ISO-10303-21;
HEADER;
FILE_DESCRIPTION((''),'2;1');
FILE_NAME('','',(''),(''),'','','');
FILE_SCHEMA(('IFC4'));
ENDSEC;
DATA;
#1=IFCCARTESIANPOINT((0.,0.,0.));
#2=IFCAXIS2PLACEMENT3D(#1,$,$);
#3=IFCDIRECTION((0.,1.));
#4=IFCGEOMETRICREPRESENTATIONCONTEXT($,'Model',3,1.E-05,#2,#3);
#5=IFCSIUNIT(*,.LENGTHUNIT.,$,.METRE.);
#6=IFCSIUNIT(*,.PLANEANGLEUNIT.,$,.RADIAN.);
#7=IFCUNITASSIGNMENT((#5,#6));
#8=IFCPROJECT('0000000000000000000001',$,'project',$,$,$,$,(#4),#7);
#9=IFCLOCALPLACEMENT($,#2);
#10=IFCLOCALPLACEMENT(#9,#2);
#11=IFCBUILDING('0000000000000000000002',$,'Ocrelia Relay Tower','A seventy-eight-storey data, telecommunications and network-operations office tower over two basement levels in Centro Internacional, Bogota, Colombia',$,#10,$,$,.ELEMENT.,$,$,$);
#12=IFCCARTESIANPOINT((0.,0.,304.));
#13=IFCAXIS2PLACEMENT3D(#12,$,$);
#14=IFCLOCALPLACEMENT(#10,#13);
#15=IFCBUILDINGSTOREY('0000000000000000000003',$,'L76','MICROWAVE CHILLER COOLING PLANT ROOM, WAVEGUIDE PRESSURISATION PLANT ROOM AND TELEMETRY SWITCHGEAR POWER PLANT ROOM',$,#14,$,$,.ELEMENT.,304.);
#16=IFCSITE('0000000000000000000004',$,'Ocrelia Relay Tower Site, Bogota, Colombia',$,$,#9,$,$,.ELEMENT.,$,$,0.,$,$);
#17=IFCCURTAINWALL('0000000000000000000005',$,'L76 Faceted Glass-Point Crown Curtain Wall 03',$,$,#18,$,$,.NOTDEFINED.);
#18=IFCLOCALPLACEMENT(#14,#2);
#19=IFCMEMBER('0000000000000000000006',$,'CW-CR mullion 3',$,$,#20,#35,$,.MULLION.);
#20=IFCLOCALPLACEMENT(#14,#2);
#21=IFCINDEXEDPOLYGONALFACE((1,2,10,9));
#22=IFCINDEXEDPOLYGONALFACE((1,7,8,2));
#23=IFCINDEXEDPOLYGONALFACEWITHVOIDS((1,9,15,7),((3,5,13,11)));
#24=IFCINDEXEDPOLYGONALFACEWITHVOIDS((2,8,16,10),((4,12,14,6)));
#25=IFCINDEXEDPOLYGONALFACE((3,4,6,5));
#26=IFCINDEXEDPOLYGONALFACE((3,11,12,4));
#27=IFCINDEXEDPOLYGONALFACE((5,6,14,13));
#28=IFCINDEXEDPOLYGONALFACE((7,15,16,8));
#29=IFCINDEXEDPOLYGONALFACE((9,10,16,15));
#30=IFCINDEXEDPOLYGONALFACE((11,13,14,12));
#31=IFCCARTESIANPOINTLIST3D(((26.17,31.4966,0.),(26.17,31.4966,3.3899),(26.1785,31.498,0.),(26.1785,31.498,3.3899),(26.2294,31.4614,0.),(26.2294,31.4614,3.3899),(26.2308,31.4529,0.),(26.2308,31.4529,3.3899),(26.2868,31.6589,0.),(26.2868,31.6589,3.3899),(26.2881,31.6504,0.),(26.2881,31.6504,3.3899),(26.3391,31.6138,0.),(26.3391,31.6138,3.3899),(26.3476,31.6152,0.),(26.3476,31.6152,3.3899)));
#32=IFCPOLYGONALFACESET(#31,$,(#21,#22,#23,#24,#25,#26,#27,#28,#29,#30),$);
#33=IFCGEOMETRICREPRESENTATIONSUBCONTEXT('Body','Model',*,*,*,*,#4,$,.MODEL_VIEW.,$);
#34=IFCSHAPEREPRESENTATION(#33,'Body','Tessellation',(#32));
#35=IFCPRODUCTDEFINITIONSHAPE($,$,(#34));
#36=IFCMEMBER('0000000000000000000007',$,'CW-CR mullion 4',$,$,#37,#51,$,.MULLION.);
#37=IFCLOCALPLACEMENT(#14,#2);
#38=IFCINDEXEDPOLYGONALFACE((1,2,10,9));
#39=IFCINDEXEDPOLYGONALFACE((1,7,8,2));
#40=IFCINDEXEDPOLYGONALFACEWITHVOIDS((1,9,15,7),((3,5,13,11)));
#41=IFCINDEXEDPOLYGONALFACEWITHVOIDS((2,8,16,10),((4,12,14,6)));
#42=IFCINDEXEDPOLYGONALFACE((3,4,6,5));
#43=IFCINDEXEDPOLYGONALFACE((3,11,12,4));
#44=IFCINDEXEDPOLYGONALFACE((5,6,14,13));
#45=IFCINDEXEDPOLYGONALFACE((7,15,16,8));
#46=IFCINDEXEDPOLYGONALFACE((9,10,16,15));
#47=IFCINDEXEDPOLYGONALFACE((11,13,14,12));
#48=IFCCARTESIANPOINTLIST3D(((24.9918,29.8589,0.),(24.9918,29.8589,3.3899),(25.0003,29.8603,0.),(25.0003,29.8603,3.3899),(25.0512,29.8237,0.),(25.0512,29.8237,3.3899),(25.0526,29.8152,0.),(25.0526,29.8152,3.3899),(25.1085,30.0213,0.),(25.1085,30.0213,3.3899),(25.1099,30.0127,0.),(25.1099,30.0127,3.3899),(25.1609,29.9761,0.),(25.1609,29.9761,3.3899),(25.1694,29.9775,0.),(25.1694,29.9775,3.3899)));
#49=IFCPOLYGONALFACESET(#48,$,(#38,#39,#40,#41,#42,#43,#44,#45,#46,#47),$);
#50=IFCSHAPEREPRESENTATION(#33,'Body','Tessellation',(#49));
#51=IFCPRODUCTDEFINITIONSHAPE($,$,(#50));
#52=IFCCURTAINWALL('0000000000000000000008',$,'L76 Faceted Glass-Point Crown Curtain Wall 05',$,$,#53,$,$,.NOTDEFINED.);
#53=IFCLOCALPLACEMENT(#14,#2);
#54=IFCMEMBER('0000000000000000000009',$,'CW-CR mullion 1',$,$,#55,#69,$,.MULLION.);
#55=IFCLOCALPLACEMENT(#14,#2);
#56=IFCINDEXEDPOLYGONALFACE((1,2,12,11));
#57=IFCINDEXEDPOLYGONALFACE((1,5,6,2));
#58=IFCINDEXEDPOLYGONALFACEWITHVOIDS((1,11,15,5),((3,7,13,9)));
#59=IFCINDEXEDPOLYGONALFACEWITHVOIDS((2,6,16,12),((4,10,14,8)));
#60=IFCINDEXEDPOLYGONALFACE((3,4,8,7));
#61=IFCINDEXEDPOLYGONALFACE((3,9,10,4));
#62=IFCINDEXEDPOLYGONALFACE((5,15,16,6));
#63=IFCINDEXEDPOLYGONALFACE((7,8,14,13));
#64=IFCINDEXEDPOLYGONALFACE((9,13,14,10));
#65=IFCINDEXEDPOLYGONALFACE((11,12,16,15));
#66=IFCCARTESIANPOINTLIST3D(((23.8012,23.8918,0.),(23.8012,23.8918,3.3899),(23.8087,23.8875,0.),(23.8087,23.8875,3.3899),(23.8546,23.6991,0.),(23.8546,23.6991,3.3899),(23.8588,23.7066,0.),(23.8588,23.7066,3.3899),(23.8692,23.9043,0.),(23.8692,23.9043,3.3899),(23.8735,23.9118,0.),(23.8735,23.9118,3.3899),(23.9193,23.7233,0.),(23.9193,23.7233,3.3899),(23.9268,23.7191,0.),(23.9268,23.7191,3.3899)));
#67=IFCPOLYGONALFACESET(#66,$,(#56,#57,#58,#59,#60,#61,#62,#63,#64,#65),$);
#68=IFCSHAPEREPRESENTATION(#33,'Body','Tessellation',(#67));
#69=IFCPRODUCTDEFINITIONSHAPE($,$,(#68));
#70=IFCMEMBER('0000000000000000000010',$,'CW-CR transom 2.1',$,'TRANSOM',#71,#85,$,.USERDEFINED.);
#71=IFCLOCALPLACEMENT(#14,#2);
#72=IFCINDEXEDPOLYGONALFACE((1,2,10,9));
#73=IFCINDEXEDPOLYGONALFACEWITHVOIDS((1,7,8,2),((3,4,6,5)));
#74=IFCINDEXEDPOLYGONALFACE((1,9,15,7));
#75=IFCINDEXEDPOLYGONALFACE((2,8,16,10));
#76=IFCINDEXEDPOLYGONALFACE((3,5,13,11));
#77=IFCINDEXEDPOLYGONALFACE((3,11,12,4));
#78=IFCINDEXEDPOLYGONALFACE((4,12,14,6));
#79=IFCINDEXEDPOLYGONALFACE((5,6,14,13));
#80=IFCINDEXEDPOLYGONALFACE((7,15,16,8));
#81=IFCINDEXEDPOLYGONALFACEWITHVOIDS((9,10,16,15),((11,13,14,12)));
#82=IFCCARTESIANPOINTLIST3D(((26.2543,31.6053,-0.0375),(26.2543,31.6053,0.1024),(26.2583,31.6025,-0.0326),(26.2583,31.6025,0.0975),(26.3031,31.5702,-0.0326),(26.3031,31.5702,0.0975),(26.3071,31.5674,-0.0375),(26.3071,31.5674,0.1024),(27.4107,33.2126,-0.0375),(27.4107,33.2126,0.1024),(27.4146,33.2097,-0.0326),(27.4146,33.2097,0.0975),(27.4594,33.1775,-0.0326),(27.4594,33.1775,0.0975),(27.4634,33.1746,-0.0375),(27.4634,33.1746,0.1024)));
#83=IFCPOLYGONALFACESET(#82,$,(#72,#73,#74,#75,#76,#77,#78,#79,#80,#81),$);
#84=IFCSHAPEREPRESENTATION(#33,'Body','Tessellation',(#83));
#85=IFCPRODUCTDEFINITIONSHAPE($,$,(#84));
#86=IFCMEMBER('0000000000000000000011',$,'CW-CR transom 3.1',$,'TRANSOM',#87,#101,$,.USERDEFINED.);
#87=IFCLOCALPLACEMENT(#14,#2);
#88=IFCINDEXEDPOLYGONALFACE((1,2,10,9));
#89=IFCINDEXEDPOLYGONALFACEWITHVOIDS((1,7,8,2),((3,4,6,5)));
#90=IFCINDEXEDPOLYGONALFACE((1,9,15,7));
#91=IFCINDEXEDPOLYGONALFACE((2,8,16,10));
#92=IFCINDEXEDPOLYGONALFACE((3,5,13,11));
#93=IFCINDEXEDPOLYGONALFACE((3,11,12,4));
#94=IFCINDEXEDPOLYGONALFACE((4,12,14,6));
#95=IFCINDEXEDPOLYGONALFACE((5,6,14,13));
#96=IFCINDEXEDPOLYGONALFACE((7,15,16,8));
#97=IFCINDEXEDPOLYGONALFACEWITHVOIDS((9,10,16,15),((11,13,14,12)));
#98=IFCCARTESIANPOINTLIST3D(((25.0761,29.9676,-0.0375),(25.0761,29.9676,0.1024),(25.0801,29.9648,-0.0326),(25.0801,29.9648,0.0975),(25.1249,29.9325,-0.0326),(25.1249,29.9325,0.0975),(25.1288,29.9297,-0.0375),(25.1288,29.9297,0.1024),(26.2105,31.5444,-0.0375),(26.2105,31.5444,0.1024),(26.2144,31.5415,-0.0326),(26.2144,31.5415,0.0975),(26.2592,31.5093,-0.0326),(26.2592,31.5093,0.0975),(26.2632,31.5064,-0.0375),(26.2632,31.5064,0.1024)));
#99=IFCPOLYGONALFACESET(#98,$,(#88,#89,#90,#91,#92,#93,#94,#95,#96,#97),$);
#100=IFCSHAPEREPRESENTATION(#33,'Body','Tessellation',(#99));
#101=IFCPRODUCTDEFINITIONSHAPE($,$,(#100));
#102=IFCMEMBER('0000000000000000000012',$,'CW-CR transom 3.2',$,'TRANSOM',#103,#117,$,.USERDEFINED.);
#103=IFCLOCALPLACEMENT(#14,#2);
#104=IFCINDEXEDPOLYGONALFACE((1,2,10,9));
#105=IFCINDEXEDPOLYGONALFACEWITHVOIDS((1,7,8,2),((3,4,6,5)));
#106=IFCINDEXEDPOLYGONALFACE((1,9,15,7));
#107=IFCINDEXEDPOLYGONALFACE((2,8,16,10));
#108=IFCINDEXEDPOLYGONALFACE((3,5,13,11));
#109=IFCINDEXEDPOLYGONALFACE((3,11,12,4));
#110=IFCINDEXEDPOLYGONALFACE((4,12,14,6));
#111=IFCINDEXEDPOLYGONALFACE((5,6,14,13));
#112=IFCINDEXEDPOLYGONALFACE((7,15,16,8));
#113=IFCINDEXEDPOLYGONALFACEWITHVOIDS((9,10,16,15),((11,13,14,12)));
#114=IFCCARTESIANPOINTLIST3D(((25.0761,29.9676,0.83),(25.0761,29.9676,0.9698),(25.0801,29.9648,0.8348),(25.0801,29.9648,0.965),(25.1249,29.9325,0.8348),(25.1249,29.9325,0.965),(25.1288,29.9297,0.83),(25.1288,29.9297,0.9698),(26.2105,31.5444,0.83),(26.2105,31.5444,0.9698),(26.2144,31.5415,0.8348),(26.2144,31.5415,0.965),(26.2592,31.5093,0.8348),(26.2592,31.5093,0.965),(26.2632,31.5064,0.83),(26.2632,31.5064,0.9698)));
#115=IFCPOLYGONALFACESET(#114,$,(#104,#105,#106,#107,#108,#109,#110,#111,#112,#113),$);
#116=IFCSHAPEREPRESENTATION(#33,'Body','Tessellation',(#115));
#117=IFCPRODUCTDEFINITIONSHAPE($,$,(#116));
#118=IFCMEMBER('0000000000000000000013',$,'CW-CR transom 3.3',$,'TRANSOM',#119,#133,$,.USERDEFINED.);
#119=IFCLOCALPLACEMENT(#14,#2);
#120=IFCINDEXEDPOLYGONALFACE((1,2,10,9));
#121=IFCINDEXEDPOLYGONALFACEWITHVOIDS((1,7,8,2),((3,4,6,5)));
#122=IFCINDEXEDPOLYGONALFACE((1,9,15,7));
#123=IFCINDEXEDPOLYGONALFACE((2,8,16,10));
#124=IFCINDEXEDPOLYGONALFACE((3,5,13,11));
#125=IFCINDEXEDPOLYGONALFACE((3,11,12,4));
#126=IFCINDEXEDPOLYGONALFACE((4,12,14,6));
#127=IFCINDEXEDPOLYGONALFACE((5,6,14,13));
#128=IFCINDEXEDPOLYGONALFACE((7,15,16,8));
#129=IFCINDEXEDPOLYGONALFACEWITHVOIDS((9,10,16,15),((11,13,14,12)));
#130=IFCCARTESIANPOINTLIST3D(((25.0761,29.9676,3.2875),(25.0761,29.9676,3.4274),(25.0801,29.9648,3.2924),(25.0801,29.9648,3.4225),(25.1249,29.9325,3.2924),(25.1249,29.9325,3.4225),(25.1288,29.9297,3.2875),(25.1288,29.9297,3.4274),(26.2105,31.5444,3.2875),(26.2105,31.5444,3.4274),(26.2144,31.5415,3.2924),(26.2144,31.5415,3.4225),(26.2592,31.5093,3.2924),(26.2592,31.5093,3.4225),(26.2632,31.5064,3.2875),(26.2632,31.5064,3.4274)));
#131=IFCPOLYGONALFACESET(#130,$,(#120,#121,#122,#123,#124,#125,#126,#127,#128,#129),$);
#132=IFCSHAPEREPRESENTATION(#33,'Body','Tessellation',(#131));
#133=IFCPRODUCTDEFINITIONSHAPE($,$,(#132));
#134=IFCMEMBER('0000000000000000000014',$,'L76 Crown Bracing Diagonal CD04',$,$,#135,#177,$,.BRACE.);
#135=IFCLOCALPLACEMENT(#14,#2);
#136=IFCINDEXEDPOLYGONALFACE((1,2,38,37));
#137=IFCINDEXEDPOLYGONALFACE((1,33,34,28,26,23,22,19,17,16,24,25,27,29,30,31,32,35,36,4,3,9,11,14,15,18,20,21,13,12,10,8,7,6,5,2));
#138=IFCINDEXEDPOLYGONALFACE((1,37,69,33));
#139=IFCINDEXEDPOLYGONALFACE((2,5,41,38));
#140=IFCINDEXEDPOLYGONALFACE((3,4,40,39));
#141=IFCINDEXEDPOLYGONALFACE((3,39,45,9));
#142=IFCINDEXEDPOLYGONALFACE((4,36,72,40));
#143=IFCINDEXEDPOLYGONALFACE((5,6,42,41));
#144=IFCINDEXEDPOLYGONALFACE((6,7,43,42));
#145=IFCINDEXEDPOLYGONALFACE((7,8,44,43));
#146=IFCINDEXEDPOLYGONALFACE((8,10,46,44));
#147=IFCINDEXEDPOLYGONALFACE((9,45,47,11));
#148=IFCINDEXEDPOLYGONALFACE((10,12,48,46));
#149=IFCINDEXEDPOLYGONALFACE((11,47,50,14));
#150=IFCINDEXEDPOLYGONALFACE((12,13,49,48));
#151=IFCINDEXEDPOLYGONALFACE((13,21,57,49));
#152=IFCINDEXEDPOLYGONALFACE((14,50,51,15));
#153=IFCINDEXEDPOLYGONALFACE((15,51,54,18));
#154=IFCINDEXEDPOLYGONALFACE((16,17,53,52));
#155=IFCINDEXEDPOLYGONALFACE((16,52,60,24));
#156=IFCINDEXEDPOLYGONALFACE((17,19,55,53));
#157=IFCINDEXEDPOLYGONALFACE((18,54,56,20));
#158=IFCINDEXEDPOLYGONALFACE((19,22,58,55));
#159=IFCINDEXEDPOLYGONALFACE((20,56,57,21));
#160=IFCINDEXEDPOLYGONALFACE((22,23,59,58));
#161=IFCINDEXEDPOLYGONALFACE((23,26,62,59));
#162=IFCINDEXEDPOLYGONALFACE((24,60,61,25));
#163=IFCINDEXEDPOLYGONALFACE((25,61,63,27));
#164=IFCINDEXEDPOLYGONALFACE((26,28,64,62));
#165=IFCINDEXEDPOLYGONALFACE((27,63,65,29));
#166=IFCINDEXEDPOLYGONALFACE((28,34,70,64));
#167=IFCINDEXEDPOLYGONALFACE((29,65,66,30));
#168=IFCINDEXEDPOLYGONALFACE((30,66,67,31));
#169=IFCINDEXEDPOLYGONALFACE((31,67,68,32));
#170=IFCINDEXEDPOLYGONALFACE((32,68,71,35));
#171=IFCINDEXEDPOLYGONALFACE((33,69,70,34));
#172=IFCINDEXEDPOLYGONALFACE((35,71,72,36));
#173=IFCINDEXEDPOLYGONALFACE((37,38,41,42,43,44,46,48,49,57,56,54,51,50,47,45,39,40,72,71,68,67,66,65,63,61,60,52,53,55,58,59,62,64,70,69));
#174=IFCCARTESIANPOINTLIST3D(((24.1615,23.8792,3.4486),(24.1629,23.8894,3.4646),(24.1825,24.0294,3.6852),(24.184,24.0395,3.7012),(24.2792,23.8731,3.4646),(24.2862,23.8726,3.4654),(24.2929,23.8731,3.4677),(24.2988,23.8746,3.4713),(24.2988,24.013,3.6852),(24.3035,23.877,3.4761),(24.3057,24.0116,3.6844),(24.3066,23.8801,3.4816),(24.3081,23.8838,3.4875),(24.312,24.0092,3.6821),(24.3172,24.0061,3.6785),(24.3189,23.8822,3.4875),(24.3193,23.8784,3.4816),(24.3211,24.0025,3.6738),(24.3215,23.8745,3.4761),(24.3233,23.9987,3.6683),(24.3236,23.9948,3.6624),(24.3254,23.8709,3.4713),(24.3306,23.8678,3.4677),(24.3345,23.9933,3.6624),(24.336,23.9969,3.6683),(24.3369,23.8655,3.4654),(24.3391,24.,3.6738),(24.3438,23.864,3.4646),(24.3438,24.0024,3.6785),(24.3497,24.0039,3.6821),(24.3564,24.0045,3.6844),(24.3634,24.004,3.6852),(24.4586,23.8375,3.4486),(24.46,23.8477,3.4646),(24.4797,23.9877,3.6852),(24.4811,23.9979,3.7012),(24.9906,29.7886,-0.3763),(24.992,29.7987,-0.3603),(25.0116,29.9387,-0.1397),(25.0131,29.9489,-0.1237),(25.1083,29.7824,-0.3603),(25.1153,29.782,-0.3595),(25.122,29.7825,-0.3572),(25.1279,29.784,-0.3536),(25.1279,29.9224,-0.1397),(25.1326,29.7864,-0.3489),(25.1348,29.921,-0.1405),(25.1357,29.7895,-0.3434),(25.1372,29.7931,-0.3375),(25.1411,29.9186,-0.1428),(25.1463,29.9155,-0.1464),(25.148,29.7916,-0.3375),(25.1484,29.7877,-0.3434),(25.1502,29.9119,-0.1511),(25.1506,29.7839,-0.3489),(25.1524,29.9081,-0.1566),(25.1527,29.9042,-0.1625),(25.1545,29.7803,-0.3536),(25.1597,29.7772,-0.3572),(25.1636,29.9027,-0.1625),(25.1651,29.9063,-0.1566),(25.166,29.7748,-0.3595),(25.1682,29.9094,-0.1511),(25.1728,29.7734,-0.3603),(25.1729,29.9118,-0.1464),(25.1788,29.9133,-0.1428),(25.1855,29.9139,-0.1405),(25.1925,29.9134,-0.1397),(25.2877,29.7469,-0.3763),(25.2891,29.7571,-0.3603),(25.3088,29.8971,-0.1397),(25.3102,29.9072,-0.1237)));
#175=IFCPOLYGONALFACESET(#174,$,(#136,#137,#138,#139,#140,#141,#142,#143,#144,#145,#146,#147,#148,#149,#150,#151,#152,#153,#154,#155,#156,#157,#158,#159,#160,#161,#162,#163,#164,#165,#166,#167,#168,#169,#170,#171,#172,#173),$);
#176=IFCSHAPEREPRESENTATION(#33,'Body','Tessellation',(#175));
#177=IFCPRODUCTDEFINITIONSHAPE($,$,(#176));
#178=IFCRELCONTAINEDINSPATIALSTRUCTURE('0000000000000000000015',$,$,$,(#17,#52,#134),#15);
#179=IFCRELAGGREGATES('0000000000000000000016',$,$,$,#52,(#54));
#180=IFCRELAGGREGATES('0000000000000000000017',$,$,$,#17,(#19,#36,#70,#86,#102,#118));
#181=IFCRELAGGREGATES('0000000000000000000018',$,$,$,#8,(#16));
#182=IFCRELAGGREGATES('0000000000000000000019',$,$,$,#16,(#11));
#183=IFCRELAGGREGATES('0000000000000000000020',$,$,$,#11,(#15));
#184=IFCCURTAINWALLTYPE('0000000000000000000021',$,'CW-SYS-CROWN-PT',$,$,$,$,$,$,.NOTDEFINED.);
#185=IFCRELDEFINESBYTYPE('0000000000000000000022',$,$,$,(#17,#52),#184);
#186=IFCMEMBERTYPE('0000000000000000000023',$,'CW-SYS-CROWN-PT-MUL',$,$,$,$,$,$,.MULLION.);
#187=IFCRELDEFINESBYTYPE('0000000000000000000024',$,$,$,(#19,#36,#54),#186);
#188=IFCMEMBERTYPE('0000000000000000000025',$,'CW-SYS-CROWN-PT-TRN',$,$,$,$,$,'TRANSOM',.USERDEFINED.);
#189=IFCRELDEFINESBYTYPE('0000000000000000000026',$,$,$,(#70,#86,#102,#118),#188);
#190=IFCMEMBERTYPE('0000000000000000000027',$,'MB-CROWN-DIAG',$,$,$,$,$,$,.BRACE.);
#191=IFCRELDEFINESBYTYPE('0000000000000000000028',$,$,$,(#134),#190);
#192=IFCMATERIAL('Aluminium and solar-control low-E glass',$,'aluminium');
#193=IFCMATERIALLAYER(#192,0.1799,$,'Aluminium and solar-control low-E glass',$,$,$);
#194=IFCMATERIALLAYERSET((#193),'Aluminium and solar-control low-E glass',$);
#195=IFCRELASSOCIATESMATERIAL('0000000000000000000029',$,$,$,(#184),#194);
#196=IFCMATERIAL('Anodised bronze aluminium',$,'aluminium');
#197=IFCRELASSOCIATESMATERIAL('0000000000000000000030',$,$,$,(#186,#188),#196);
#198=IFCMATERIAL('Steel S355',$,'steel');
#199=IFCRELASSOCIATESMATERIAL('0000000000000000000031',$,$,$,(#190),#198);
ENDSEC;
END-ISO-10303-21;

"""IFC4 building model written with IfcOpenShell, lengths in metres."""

from ifc_helpers import new_model, si_unit, direction, frame, origin, origin_2d, place, context, subcontext, project, spatial, hollow_rectangle, i_section, extrude, material, layer, layer_set, material_profile, profile_set, type_object, element, aggregate, save


model = new_model("IFC4")

# Units and contexts
model_context = context("Model", 3, precision=1e-05, world=origin(), true_north=direction((0.0, 1.0)))
body_context = subcontext(model_context, "Body", "Model", "MODEL_VIEW")
ifc_project = project(units=[si_unit("LENGTHUNIT", "METRE"), si_unit("PLANEANGLEUNIT", "RADIAN")], contexts=[model_context])

# Site, building, storey
site_placement = place(None, origin())
site = spatial("IfcSite", under=ifc_project, at=site_placement, Name="Ocrelia Relay Tower Site, Bogota, Colombia", CompositionType="ELEMENT", RefElevation=0.0)
building_placement = place(site_placement, origin())
building = spatial("IfcBuilding", under=site, at=building_placement, Name="Ocrelia Relay Tower", Description="A seventy-eight-storey data, telecommunications and network-operations office tower over two basement levels in Centro Internacional, Bogota, Colombia", CompositionType="ELEMENT")
storey_placement = place(building_placement, frame((0.0, 0.0, 304.0)))
storey = spatial("IfcBuildingStorey", under=building, at=storey_placement, Name="L76", Description="MICROWAVE CHILLER COOLING PLANT ROOM, WAVEGUIDE PRESSURISATION PLANT ROOM AND TELEMETRY SWITCHGEAR POWER PLANT ROOM", CompositionType="ELEMENT", Elevation=304.0)

# Shared definitions
ifc_material_1 = material(Name="Steel S355", Category="steel")

# Curtain wall, members
ifc_material_2 = material(Name="Aluminium and solar-control low-E glass", Category="aluminium")
ifc_layer_1 = layer(ifc_material_2, 0.1799, Name="Aluminium and solar-control low-E glass")
ifc_layer_set_1 = layer_set([ifc_layer_1], Name="Aluminium and solar-control low-E glass")
curtain_wall_type = type_object("IfcCurtainWallType", Name="CW-SYS-CROWN-PT", PredefinedType="NOTDEFINED", material=ifc_layer_set_1)
curtain_wall_1_placement = place(storey_placement, origin())
curtain_wall_1 = element("IfcCurtainWall", 1, at=curtain_wall_1_placement, inside=storey, type_object=curtain_wall_type, Name="L76 Faceted Glass-Point Crown Curtain Wall 03", PredefinedType="NOTDEFINED")
ifc_material_3 = material(Name="Anodised bronze aluminium", Category="aluminium")
ifc_material_profile_1 = material_profile(ifc_material_3, hollow_rectangle(XDim=0.075, YDim=0.2, WallThickness=0.0061, at=origin_2d()), Name="CW-MUL-200x75")
ifc_profile_set_1 = profile_set([ifc_material_profile_1], Name="Anodised bronze aluminium")
member_type_1 = type_object("IfcMemberType", Name="CW-SYS-CROWN-PT-MUL", PredefinedType="MULLION", material=ifc_profile_set_1)
member_1_placement = place(storey_placement, frame((26.2588, 31.5559, 0.0), z_axis=(0.0, 0.0, 1.0), x_axis=(0.811755, -0.583998, 0.0)))
member_1 = element("IfcMember", 2, at=member_1_placement, type_object=member_type_1, Name="CW-CR mullion 3", PredefinedType="MULLION", context=body_context, shape_type="SweptSolid", body=[
    extrude(hollow_rectangle(XDim=0.075, YDim=0.2, WallThickness=0.0061, at=origin_2d()), origin(), (0.0, 0.0, 1.0), 3.3899),
])
member_2_placement = place(storey_placement, frame((25.0806, 29.9182, 0.0), z_axis=(0.0, 0.0, 1.0), x_axis=(0.811755, -0.583998, 0.0)))
member_2 = element("IfcMember", 3, at=member_2_placement, type_object=member_type_1, Name="CW-CR mullion 4", PredefinedType="MULLION", context=body_context, shape_type="SweptSolid", body=[
    extrude(hollow_rectangle(XDim=0.075, YDim=0.2, WallThickness=0.0061, at=origin_2d()), origin(), (0.0, 0.0, 1.0), 3.3899),
])

# Curtain wall, member
curtain_wall_2_placement = place(storey_placement, origin())
curtain_wall_2 = element("IfcCurtainWall", 4, at=curtain_wall_2_placement, inside=storey, type_object=curtain_wall_type, Name="L76 Faceted Glass-Point Crown Curtain Wall 05", PredefinedType="NOTDEFINED")
member_3_placement = place(storey_placement, frame((23.864, 23.8054, 0.0), z_axis=(0.0, 0.0, 1.0), x_axis=(0.963737, 0.266853, 0.0)))
member_3 = element("IfcMember", 5, at=member_3_placement, type_object=member_type_1, Name="CW-CR mullion 1", PredefinedType="MULLION", context=body_context, shape_type="SweptSolid", body=[
    extrude(hollow_rectangle(XDim=0.075, YDim=0.2, WallThickness=0.0061, at=origin_2d()), origin(), (0.0, 0.0, 1.0), 3.3899),
])
aggregate(curtain_wall_2, [member_3])

# Members
ifc_material_profile_2 = material_profile(ifc_material_3, hollow_rectangle(XDim=0.0649, YDim=0.1399, WallThickness=0.0049, at=origin_2d()), Name="CW-TRN-140x65")
ifc_profile_set_2 = profile_set([ifc_material_profile_2], Name="Anodised bronze aluminium")
member_type_2 = type_object("IfcMemberType", Name="CW-SYS-CROWN-PT-TRN", ElementType="TRANSOM", PredefinedType="USERDEFINED", material=ifc_profile_set_2)
member_4_placement = place(storey_placement, frame((27.437, 33.1936, 0.0325), z_axis=(-0.583999, -0.811754, 0.0), x_axis=(0.811754, -0.583999, 0.0)))
member_4 = element("IfcMember", 6, at=member_4_placement, type_object=member_type_2, Name="CW-CR transom 2.1", ObjectType="TRANSOM", PredefinedType="USERDEFINED", context=body_context, shape_type="SweptSolid", body=[
    extrude(hollow_rectangle(XDim=0.0649, YDim=0.1399, WallThickness=0.0049, at=origin_2d()), origin(), (0.0, 0.0, 1.0), 1.98),
])
member_5_placement = place(storey_placement, frame((26.2368, 31.5254, 0.0325), z_axis=(-0.583993, -0.811758, 0.0), x_axis=(0.811758, -0.583993, 0.0)))
member_5 = element("IfcMember", 7, at=member_5_placement, type_object=member_type_2, Name="CW-CR transom 3.1", ObjectType="TRANSOM", PredefinedType="USERDEFINED", context=body_context, shape_type="SweptSolid", body=[
    extrude(hollow_rectangle(XDim=0.0649, YDim=0.1399, WallThickness=0.0049, at=origin_2d()), origin(), (0.0, 0.0, 1.0), 1.9424),
])
member_6_placement = place(storey_placement, frame((26.2368, 31.5254, 0.8999), z_axis=(-0.583993, -0.811758, 0.0), x_axis=(0.811758, -0.583993, 0.0)))
member_6 = element("IfcMember", 8, at=member_6_placement, type_object=member_type_2, Name="CW-CR transom 3.2", ObjectType="TRANSOM", PredefinedType="USERDEFINED", context=body_context, shape_type="SweptSolid", body=[
    extrude(hollow_rectangle(XDim=0.0649, YDim=0.1399, WallThickness=0.0049, at=origin_2d()), origin(), (0.0, 0.0, 1.0), 1.9424),
])
member_7_placement = place(storey_placement, frame((26.2368, 31.5254, 3.3574), z_axis=(-0.583993, -0.811758, 0.0), x_axis=(0.811758, -0.583993, 0.0)))
member_7 = element("IfcMember", 9, at=member_7_placement, type_object=member_type_2, Name="CW-CR transom 3.3", ObjectType="TRANSOM", PredefinedType="USERDEFINED", context=body_context, shape_type="SweptSolid", body=[
    extrude(hollow_rectangle(XDim=0.0649, YDim=0.1399, WallThickness=0.0049, at=origin_2d()), origin(), (0.0, 0.0, 1.0), 1.9424),
])

# Member
ifc_material_profile_3 = material_profile(ifc_material_1, i_section(OverallWidth=0.3, OverallDepth=0.3, WebThickness=0.011, FlangeThickness=0.019, FilletRadius=0.0271, at=origin_2d()), Name="HEB 300")
ifc_profile_set_3 = profile_set([ifc_material_profile_3], Name="Steel S355")
member_type_3 = type_object("IfcMemberType", Name="MB-CROWN-DIAG", PredefinedType="BRACE", material=ifc_profile_set_3)
member_8_placement = place(storey_placement, frame((25.1504, 29.8479, -0.25), z_axis=(-0.116973, -0.833729, 0.539642), x_axis=(0.990301, -0.138941, 0.0)))
element("IfcMember", 10, at=member_8_placement, inside=storey, type_object=member_type_3, Name="L76 Crown Bracing Diagonal CD04", PredefinedType="BRACE", context=body_context, shape_type="SweptSolid", body=[
    extrude(i_section(OverallWidth=0.3, OverallDepth=0.3, WebThickness=0.011, FlangeThickness=0.019, FilletRadius=0.0271, at=origin_2d()), origin(), (0.0, 0.0, 1.0), 7.0879),
])

aggregate(curtain_wall_1, [member_1, member_2, member_4, member_5, member_6, member_7])

save(model, "model.ifc")
